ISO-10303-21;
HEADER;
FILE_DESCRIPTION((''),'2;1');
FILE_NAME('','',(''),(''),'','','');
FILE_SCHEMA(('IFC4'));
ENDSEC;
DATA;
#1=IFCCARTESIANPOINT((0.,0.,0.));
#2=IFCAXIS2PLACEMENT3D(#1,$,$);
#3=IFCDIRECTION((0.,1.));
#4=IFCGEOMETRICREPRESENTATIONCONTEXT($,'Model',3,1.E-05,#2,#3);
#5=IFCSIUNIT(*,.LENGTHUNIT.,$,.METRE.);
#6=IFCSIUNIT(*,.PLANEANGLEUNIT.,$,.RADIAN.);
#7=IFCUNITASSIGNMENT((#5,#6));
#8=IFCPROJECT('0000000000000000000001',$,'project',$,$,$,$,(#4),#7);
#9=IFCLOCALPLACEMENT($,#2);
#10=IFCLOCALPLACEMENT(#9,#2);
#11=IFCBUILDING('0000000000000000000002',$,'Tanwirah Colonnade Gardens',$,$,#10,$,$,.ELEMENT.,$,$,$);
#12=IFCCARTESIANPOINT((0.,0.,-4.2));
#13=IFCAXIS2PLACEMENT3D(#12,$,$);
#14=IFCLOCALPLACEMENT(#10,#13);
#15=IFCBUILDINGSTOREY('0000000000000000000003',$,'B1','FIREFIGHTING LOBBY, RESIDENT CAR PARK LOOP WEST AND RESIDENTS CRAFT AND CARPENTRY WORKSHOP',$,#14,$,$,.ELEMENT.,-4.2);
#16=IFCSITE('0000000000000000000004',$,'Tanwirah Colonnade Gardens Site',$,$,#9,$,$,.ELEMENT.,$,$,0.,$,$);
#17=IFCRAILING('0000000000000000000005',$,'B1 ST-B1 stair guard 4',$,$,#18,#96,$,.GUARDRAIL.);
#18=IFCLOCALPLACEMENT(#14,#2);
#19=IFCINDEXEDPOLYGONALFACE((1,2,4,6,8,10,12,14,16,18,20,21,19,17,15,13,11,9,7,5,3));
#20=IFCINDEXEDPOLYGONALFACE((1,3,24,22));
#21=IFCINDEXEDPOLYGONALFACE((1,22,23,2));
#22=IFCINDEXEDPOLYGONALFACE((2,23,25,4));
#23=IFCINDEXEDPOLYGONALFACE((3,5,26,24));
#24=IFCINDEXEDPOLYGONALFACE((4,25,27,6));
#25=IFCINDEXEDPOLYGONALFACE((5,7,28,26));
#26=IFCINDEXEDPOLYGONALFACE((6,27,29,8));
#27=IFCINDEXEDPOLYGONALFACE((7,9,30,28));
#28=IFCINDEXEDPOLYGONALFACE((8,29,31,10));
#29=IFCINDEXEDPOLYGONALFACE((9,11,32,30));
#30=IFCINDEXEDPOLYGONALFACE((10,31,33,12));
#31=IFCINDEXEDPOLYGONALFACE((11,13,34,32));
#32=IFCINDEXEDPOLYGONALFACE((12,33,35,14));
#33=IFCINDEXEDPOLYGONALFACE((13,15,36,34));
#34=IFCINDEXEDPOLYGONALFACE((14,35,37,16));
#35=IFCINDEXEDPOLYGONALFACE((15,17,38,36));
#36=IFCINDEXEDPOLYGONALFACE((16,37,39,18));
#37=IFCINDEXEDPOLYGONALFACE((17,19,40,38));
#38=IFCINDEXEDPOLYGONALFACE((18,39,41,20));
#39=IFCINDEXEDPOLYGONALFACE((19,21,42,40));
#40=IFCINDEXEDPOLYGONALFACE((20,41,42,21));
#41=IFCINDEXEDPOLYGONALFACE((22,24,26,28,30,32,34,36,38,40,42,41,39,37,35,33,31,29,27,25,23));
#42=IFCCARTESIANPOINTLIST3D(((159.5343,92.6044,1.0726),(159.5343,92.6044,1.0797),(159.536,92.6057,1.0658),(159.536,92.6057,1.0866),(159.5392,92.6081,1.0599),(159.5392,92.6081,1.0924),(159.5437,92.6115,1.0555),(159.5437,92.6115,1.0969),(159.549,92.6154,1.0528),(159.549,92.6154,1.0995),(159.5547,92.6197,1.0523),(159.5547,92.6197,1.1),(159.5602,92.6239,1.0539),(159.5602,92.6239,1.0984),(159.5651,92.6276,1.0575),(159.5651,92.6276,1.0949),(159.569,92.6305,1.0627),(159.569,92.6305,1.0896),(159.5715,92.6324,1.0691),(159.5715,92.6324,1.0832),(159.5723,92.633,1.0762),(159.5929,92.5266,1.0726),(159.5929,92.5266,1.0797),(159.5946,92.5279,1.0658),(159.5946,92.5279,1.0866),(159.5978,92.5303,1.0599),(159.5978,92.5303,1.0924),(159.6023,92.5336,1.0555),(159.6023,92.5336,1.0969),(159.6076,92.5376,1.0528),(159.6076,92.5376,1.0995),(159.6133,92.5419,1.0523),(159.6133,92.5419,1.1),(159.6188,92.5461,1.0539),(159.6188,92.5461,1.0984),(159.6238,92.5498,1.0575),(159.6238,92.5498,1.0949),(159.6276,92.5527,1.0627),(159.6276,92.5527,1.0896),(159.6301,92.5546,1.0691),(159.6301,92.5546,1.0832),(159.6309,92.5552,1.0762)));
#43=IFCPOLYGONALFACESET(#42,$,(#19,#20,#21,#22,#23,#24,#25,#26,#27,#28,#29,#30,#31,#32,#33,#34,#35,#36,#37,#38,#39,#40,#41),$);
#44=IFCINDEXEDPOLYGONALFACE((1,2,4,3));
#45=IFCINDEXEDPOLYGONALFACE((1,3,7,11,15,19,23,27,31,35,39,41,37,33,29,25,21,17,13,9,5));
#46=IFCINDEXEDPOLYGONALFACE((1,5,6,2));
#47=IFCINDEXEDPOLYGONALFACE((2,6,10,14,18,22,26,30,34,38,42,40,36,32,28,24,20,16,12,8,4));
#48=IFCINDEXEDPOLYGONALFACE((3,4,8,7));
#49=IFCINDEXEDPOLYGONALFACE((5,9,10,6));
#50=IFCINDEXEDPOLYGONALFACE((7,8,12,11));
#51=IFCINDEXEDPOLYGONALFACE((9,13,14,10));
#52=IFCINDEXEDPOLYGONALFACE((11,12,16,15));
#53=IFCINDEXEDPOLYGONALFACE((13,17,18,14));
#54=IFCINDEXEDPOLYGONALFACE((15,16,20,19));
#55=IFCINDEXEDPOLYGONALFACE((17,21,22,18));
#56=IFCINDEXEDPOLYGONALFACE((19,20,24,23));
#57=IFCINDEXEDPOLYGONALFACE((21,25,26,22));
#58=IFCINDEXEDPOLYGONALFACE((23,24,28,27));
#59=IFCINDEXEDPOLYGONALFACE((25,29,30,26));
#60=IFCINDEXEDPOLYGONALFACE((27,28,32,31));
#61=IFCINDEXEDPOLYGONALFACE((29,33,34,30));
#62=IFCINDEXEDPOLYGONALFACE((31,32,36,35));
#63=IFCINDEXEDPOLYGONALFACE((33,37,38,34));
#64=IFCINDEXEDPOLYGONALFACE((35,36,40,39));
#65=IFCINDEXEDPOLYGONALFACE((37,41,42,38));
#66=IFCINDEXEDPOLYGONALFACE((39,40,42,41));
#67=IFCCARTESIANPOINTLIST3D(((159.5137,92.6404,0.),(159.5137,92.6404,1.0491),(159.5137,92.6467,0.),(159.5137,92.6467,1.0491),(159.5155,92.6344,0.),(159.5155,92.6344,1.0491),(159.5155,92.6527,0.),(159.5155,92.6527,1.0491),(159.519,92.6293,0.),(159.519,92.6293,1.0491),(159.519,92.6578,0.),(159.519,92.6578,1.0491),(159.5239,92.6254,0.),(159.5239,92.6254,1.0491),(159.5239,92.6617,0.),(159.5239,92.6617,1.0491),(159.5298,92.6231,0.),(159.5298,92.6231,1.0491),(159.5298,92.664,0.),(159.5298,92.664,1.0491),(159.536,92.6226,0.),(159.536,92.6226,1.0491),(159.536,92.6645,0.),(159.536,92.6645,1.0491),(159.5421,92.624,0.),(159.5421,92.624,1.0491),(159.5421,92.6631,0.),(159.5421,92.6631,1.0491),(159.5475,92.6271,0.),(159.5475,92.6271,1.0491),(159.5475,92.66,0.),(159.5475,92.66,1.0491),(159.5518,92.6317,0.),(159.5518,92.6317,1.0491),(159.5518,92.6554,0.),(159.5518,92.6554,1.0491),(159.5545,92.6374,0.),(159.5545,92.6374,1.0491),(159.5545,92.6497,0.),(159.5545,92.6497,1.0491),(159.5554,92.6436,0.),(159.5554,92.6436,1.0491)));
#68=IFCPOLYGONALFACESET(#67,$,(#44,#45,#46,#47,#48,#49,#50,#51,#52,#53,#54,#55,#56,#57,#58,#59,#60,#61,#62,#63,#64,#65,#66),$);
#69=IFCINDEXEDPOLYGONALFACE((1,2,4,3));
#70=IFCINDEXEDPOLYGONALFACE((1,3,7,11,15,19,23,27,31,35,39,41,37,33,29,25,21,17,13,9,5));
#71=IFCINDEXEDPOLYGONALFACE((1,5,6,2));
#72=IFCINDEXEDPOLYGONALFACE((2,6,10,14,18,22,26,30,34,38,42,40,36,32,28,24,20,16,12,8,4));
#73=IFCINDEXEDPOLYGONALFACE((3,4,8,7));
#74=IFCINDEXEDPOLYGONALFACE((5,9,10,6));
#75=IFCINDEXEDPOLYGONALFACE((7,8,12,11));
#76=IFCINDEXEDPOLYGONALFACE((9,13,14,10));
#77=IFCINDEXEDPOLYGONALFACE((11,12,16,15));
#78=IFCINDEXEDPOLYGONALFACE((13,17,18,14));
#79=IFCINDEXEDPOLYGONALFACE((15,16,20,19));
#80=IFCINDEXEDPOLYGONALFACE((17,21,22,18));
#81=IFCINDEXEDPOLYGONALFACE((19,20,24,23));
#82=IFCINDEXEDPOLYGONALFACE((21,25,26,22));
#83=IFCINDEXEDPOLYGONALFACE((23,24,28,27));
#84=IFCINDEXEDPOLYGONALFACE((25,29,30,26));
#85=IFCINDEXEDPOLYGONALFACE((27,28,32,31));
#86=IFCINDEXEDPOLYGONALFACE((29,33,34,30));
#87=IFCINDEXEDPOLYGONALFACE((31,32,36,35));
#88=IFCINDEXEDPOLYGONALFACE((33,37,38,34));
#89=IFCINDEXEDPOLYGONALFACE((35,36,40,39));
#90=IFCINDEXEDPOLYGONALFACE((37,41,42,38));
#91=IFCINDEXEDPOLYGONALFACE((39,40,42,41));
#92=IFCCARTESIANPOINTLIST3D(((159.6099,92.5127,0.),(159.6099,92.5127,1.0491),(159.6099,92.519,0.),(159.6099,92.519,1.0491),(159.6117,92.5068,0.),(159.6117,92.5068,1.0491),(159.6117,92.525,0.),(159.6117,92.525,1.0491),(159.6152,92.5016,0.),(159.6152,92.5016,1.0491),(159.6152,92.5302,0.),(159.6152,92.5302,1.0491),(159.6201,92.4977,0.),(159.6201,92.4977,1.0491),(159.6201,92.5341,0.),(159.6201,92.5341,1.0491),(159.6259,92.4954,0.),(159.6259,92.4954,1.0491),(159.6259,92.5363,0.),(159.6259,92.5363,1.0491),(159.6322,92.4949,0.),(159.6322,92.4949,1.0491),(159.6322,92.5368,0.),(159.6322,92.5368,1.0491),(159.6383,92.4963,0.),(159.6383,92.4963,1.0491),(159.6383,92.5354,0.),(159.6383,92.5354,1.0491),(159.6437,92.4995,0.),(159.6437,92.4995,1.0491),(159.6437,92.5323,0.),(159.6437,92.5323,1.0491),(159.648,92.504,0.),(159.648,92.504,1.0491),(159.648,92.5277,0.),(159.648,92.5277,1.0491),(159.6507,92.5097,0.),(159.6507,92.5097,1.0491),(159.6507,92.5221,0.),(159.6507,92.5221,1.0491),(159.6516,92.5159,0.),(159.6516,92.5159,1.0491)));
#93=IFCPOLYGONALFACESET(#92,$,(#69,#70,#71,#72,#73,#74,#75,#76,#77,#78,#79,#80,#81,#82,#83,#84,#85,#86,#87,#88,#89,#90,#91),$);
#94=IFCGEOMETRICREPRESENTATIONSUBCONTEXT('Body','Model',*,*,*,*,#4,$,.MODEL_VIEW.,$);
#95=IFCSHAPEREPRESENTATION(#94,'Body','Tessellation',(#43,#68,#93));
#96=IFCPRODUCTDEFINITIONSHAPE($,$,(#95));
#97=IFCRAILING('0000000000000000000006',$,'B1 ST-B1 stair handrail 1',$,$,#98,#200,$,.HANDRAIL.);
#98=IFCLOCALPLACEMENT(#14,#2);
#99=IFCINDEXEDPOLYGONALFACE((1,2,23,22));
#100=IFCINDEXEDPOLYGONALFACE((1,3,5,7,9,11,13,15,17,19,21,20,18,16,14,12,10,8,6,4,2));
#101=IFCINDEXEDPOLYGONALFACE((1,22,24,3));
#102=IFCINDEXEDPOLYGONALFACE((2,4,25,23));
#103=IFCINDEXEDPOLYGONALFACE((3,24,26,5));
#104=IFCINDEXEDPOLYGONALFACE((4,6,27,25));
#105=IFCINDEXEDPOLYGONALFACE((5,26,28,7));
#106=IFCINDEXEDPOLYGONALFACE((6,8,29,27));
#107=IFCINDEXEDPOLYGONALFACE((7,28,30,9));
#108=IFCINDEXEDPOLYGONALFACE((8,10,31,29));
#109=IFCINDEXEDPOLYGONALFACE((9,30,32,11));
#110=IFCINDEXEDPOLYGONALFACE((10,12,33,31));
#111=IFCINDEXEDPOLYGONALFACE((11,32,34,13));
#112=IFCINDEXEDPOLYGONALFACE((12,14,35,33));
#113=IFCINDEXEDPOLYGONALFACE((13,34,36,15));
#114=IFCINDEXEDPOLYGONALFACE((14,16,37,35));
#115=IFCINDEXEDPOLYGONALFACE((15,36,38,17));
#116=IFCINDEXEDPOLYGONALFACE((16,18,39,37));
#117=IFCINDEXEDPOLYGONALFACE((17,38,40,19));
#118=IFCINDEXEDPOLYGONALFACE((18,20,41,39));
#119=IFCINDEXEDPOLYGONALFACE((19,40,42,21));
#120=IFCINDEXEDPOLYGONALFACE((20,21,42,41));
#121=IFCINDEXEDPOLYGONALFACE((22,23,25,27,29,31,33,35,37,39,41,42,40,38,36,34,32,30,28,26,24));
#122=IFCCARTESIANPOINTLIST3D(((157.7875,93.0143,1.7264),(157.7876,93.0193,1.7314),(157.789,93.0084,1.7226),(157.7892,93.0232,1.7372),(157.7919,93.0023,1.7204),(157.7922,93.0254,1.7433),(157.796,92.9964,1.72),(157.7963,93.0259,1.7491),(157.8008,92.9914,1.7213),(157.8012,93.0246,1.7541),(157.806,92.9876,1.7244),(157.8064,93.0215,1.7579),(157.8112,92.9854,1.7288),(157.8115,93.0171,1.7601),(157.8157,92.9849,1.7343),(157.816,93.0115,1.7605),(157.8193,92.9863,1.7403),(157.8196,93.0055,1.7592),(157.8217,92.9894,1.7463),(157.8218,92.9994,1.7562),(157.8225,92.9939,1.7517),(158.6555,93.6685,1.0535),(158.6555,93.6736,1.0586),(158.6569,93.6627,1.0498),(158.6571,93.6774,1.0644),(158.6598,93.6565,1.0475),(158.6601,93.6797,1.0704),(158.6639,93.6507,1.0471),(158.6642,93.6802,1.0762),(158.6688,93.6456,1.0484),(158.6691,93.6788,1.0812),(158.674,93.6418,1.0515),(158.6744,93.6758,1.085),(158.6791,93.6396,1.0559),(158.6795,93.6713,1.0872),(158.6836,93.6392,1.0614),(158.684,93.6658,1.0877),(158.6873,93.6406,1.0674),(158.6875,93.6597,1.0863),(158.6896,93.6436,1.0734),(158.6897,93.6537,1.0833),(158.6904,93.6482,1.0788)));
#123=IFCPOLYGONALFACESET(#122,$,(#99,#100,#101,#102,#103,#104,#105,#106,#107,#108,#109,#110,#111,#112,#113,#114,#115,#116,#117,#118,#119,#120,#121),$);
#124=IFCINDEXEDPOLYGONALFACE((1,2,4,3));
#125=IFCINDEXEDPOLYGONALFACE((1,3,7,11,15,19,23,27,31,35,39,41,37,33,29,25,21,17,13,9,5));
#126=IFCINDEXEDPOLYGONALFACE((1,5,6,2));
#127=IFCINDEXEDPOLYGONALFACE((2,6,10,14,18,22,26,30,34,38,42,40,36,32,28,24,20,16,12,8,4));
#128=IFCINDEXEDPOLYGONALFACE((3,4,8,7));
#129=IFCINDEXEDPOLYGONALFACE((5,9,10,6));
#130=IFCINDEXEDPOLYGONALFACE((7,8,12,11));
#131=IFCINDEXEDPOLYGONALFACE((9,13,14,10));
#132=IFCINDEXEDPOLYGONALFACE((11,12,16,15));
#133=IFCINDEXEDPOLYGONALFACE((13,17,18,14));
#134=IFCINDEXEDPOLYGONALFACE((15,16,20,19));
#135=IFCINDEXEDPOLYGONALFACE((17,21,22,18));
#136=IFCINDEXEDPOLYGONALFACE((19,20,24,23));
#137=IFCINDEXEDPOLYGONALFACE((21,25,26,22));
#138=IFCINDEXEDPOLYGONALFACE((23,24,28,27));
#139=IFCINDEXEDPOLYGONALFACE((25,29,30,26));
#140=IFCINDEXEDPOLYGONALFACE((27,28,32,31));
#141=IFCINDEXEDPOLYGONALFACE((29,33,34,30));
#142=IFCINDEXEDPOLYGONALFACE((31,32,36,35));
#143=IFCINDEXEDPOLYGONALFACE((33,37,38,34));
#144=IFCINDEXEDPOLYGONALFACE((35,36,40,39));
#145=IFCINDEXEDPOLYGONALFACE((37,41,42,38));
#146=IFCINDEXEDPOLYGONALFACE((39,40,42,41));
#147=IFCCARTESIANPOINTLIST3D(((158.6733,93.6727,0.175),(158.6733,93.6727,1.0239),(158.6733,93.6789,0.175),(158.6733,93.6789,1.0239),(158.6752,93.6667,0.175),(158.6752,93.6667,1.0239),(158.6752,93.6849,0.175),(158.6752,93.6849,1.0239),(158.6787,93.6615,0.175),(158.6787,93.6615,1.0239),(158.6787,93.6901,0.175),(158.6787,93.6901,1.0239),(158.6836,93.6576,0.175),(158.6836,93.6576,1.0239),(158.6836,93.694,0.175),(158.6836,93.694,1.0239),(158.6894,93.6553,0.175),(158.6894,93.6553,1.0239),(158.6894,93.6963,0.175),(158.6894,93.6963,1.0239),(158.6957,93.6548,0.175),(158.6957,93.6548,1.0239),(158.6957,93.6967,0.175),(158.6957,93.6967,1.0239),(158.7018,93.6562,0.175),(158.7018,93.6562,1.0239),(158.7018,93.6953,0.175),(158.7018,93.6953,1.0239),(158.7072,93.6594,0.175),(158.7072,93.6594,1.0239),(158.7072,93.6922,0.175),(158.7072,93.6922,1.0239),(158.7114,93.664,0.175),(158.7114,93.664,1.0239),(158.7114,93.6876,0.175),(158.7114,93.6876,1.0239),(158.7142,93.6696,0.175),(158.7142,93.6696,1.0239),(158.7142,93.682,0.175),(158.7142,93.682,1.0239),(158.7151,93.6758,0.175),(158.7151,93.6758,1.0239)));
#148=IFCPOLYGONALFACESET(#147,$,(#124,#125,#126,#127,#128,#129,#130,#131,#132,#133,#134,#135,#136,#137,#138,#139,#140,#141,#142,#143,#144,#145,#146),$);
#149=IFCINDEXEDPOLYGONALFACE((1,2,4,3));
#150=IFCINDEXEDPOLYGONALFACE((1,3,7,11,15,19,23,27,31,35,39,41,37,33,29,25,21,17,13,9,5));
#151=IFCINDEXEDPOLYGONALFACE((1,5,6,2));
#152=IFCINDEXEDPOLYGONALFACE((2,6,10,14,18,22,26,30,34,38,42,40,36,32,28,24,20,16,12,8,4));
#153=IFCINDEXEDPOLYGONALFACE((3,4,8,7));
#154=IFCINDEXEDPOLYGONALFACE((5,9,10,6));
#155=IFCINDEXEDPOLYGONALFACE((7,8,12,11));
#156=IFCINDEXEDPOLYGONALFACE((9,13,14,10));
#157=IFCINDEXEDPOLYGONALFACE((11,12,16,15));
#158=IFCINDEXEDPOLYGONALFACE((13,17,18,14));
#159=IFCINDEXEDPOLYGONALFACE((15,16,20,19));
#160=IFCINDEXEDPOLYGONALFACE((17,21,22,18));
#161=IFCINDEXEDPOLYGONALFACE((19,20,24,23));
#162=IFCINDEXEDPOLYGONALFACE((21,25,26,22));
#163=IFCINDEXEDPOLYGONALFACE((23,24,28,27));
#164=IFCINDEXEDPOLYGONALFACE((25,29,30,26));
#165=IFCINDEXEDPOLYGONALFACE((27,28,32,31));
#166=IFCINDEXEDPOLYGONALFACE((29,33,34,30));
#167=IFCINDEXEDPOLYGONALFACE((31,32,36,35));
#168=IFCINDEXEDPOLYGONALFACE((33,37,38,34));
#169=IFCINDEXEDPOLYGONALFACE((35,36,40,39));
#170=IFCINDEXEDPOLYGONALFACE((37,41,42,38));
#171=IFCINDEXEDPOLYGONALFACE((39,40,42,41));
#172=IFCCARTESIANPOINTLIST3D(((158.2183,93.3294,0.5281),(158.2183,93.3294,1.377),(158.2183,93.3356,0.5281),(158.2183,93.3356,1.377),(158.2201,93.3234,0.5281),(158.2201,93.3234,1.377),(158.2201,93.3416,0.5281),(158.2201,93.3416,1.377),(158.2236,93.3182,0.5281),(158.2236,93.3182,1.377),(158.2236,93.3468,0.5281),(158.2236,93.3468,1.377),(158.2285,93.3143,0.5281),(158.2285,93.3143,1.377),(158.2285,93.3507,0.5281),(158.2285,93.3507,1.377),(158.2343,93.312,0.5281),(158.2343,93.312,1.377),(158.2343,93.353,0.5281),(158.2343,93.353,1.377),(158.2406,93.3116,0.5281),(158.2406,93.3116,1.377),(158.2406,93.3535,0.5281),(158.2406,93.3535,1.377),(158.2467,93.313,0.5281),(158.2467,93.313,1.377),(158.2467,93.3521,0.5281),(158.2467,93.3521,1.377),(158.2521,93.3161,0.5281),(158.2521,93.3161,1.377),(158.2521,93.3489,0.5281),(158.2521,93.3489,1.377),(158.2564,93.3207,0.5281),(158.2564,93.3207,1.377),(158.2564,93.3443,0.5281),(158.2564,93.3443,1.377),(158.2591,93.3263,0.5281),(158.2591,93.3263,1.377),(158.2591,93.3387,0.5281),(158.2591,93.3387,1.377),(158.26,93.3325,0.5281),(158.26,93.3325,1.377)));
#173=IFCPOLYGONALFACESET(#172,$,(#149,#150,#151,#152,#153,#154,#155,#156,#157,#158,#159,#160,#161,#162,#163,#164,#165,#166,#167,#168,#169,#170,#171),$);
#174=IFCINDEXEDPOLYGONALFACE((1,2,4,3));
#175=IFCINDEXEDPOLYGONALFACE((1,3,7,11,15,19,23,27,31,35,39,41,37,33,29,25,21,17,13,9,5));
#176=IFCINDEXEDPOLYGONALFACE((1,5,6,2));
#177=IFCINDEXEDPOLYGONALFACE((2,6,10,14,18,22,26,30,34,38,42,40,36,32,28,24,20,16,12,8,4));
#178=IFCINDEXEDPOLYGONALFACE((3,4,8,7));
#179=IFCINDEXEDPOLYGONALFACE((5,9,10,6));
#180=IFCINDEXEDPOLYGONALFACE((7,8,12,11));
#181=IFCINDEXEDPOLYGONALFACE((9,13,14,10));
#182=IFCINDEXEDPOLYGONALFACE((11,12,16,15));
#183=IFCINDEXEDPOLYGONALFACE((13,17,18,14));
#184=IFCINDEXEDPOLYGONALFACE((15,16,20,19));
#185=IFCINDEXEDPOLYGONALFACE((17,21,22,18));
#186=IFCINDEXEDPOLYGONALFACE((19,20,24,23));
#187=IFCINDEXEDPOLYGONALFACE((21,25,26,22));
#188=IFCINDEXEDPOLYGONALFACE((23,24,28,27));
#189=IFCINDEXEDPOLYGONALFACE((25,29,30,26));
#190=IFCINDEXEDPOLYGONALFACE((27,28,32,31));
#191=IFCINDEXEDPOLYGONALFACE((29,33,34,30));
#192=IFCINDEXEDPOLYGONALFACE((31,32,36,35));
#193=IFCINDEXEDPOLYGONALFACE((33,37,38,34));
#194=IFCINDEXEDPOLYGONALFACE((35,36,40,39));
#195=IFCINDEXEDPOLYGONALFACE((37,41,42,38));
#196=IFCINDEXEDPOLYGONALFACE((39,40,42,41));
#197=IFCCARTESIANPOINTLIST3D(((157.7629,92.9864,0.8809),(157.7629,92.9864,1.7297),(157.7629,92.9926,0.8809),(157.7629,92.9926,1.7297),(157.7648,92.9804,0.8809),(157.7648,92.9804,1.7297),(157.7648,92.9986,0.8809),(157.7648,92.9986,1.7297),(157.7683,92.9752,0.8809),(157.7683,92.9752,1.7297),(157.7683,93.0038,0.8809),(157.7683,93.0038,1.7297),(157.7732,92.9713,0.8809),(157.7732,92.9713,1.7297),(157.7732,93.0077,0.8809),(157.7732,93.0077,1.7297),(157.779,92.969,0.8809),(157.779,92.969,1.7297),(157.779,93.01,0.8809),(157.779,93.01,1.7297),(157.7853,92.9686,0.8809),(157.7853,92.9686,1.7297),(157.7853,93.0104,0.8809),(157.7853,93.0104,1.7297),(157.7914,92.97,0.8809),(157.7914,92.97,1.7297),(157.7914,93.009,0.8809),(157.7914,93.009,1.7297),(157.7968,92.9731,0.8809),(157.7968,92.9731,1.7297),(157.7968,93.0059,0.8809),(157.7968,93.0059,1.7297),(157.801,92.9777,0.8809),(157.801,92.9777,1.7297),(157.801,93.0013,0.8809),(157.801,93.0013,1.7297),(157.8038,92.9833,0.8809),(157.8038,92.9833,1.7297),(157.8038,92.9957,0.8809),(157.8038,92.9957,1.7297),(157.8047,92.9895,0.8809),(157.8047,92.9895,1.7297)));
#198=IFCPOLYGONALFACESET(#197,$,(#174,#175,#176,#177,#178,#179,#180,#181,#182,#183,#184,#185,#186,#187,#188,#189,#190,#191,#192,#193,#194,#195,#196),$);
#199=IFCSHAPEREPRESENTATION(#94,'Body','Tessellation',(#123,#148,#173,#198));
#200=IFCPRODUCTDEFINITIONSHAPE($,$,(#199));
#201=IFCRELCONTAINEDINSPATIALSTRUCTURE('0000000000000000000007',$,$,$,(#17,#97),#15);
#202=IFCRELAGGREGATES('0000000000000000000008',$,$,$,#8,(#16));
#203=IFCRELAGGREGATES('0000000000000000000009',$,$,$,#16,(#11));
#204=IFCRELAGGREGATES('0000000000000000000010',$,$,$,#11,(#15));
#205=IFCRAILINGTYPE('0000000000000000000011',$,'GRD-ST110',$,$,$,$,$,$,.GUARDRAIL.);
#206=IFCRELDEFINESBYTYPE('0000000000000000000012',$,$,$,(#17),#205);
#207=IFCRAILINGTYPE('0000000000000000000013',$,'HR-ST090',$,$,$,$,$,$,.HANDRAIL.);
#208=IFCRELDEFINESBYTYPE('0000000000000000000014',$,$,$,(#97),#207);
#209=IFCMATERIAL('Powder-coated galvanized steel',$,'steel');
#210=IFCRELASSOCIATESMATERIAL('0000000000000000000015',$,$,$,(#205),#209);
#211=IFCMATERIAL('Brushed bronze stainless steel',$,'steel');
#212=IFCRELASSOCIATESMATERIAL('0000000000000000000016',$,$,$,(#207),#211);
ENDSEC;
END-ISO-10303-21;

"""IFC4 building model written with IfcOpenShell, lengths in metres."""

from ifc_helpers import new_model, si_unit, direction, frame, origin, origin_2d, place, context, subcontext, project, spatial, circle, extrude, material, type_object, element, save


model = new_model("IFC4")

# Units and contexts
model_context = context("Model", 3, precision=1e-05, world=origin(), true_north=direction((0.0, 1.0)))
body_context = subcontext(model_context, "Body", "Model", "MODEL_VIEW")
ifc_project = project(units=[si_unit("LENGTHUNIT", "METRE"), si_unit("PLANEANGLEUNIT", "RADIAN")], contexts=[model_context])

# Site, building, storey
site_placement = place(None, origin())
site = spatial("IfcSite", under=ifc_project, at=site_placement, Name="Tanwirah Colonnade Gardens Site", CompositionType="ELEMENT", RefElevation=0.0)
building_placement = place(site_placement, origin())
building = spatial("IfcBuilding", under=site, at=building_placement, Name="Tanwirah Colonnade Gardens", CompositionType="ELEMENT")
storey_placement = place(building_placement, frame((0.0, 0.0, -4.2)))
storey = spatial("IfcBuildingStorey", under=building, at=storey_placement, Name="B1", Description="FIREFIGHTING LOBBY, RESIDENT CAR PARK LOOP WEST AND RESIDENTS CRAFT AND CARPENTRY WORKSHOP", CompositionType="ELEMENT", Elevation=-4.2)

# Railings
ifc_material_1 = material(Name="Powder-coated galvanized steel", Category="steel")
railing_type_1 = type_object("IfcRailingType", Name="GRD-ST110", PredefinedType="GUARDRAIL", material=ifc_material_1)
railing_1_placement = place(storey_placement, frame((159.5344, 92.6436, 0.0)))
element("IfcRailing", 1, at=railing_1_placement, inside=storey, type_object=railing_type_1, Name="B1 ST-B1 stair guard 4", PredefinedType="GUARDRAIL", context=body_context, shape_type="SweptSolid", body=[
    extrude(circle(Radius=0.0239, at=origin_2d()), frame((0.0188, -0.0249, 1.0762), z_axis=(0.601709, -0.798715, 0.0), x_axis=(0.798715, 0.601709, 0.0)), (0.0, 0.0, 1.0), 0.0974),
    extrude(circle(Radius=0.021, at=origin_2d()), origin(), (0.0, 0.0, 1.0), 1.0491),
    extrude(circle(Radius=0.021, at=origin_2d()), frame((0.0962, -0.1277, 0.0)), (0.0, 0.0, 1.0), 1.0491),
])
ifc_material_2 = material(Name="Brushed bronze stainless steel", Category="steel")
railing_type_2 = type_object("IfcRailingType", Name="HR-ST090", PredefinedType="HANDRAIL", material=ifc_material_2)
railing_2_placement = place(storey_placement, frame((158.6941, 93.6758, 0.175)))
element("IfcRailing", 2, at=railing_2_placement, inside=storey, type_object=railing_type_2, Name="B1 ST-B1 stair handrail 1", PredefinedType="HANDRAIL", context=body_context, shape_type="SweptSolid", body=[
    extrude(circle(Radius=0.0239, at=origin_2d()), frame((-0.0212, -0.0161, 0.8923), z_axis=(-0.678954, -0.51181, 0.526376), x_axis=(0.601951, -0.798533, 0.0)), (0.0, 0.0, 1.0), 1.2783),
    extrude(circle(Radius=0.021, at=origin_2d()), origin(), (0.0, 0.0, 1.0), 0.8489),
    extrude(circle(Radius=0.021, at=origin_2d()), frame((-0.4551, -0.3433, 0.353)), (0.0, 0.0, 1.0), 0.8489),
    extrude(circle(Radius=0.021, at=origin_2d()), frame((-0.9104, -0.6863, 0.7058)), (0.0, 0.0, 1.0), 0.8489),
])

save(model, "model.ifc")
